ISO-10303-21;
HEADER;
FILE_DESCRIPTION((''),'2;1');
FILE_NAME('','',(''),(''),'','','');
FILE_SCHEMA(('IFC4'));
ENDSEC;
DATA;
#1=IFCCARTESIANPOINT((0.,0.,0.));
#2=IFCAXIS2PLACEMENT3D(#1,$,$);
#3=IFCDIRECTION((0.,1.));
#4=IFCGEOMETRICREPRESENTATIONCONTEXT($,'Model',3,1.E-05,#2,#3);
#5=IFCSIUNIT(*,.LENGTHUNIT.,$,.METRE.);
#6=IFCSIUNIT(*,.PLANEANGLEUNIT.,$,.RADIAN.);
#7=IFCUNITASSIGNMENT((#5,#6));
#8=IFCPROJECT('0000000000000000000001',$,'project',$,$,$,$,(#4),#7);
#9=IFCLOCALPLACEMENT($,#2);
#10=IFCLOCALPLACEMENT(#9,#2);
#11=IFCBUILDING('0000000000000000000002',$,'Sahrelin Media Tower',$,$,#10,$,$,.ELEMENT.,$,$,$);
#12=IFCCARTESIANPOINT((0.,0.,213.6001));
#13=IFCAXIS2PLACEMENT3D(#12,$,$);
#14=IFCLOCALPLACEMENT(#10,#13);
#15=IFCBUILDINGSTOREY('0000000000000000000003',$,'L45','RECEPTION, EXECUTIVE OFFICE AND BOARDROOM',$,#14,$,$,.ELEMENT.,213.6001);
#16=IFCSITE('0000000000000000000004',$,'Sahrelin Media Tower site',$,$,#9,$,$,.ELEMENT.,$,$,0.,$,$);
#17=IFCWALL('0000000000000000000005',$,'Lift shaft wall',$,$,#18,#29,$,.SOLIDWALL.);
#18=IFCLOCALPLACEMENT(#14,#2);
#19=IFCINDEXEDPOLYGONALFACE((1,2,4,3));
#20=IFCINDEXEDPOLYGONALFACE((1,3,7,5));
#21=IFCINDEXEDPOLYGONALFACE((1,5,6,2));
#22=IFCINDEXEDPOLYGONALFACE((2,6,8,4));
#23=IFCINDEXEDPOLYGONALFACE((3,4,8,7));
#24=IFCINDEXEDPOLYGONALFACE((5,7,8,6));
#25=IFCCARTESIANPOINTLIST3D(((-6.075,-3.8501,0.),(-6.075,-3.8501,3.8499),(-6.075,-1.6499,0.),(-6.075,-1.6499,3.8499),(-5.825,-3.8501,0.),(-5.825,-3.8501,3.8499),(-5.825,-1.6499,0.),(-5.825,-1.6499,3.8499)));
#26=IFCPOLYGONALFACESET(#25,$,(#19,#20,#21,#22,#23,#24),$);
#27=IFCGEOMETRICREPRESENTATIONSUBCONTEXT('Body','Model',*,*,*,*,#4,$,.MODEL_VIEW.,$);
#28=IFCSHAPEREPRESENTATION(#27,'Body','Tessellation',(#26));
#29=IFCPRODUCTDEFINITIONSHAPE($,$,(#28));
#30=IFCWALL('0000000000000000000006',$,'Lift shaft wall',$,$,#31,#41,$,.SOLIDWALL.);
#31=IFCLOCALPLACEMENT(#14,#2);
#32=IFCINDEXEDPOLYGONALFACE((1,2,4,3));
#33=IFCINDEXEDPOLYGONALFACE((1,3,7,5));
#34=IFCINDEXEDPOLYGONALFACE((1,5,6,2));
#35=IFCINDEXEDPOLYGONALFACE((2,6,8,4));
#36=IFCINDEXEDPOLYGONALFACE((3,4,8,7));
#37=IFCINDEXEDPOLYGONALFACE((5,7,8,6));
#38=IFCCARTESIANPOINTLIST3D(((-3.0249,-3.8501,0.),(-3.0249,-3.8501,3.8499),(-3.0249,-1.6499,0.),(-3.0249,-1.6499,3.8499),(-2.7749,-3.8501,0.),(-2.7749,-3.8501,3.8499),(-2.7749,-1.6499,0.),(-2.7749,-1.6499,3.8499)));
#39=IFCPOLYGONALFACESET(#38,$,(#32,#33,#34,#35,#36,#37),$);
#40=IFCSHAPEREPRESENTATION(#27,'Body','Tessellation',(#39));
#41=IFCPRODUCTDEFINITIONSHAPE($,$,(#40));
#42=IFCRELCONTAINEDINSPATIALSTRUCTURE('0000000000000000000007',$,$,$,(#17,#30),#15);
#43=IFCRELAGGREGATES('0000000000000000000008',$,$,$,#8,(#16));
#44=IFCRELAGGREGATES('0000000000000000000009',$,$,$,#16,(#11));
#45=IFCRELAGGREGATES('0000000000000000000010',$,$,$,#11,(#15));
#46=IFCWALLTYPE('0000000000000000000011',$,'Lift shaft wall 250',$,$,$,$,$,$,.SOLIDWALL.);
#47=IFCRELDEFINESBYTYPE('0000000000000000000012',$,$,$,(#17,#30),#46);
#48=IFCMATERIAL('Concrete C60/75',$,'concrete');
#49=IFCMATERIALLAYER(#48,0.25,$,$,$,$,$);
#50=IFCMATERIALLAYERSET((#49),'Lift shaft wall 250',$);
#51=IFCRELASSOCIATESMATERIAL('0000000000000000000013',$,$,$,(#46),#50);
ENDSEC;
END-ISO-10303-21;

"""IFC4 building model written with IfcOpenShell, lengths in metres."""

from ifc_helpers import new_model, si_unit, direction, frame, frame_2d, origin, place, context, subcontext, project, spatial, rectangle, extrude, material, layer, layer_set, type_object, element, save


model = new_model("IFC4")

# Units and contexts
model_context = context("Model", 3, precision=1e-05, world=origin(), true_north=direction((0.0, 1.0)))
body_context = subcontext(model_context, "Body", "Model", "MODEL_VIEW")
ifc_project = project(units=[si_unit("LENGTHUNIT", "METRE"), si_unit("PLANEANGLEUNIT", "RADIAN")], contexts=[model_context])

# Site, building, storey
site_placement = place(None, origin())
site = spatial("IfcSite", under=ifc_project, at=site_placement, Name="Sahrelin Media Tower site", CompositionType="ELEMENT", RefElevation=0.0)
building_placement = place(site_placement, origin())
building = spatial("IfcBuilding", under=site, at=building_placement, Name="Sahrelin Media Tower", CompositionType="ELEMENT")
storey_placement = place(building_placement, frame((0.0, 0.0, 213.6001)))
storey = spatial("IfcBuildingStorey", under=building, at=storey_placement, Name="L45", Description="RECEPTION, EXECUTIVE OFFICE AND BOARDROOM", CompositionType="ELEMENT", Elevation=213.6001)

# Shared definitions
ifc_material_1 = material(Name="Concrete C60/75", Category="concrete")

# Shared definitions
ifc_layer_1 = layer(ifc_material_1, 0.25)
ifc_layer_set_1 = layer_set([ifc_layer_1], Name="Lift shaft wall 250")
wall_type_1 = type_object("IfcWallType", Name="Lift shaft wall 250", PredefinedType="SOLIDWALL", material=ifc_layer_set_1)

# Walls
for number, where, z_axis, x_axis, name in (
    (1, (-5.95, -3.8501, 0.0), (0.0, 0.0, 1.0), (0.0, 1.0, 0.0), "Lift shaft wall"),
    (2, (-2.8999, -3.8501, 0.0), (0.0, 0.0, 1.0), (0.0, 1.0, 0.0), "Lift shaft wall"),
):
    element("IfcWall", number, at=place(storey_placement, frame(where, z_axis=z_axis, x_axis=x_axis)), inside=storey, type_object=wall_type_1, Name=name, PredefinedType="SOLIDWALL", context=body_context, shape_type="SweptSolid", body=[
        extrude(rectangle(XDim=2.2002, YDim=0.25, at=frame_2d((1.1001, 0.0))), origin(), (0.0, 0.0, 1.0), 3.8499),
    ])

save(model, "model.ifc")
